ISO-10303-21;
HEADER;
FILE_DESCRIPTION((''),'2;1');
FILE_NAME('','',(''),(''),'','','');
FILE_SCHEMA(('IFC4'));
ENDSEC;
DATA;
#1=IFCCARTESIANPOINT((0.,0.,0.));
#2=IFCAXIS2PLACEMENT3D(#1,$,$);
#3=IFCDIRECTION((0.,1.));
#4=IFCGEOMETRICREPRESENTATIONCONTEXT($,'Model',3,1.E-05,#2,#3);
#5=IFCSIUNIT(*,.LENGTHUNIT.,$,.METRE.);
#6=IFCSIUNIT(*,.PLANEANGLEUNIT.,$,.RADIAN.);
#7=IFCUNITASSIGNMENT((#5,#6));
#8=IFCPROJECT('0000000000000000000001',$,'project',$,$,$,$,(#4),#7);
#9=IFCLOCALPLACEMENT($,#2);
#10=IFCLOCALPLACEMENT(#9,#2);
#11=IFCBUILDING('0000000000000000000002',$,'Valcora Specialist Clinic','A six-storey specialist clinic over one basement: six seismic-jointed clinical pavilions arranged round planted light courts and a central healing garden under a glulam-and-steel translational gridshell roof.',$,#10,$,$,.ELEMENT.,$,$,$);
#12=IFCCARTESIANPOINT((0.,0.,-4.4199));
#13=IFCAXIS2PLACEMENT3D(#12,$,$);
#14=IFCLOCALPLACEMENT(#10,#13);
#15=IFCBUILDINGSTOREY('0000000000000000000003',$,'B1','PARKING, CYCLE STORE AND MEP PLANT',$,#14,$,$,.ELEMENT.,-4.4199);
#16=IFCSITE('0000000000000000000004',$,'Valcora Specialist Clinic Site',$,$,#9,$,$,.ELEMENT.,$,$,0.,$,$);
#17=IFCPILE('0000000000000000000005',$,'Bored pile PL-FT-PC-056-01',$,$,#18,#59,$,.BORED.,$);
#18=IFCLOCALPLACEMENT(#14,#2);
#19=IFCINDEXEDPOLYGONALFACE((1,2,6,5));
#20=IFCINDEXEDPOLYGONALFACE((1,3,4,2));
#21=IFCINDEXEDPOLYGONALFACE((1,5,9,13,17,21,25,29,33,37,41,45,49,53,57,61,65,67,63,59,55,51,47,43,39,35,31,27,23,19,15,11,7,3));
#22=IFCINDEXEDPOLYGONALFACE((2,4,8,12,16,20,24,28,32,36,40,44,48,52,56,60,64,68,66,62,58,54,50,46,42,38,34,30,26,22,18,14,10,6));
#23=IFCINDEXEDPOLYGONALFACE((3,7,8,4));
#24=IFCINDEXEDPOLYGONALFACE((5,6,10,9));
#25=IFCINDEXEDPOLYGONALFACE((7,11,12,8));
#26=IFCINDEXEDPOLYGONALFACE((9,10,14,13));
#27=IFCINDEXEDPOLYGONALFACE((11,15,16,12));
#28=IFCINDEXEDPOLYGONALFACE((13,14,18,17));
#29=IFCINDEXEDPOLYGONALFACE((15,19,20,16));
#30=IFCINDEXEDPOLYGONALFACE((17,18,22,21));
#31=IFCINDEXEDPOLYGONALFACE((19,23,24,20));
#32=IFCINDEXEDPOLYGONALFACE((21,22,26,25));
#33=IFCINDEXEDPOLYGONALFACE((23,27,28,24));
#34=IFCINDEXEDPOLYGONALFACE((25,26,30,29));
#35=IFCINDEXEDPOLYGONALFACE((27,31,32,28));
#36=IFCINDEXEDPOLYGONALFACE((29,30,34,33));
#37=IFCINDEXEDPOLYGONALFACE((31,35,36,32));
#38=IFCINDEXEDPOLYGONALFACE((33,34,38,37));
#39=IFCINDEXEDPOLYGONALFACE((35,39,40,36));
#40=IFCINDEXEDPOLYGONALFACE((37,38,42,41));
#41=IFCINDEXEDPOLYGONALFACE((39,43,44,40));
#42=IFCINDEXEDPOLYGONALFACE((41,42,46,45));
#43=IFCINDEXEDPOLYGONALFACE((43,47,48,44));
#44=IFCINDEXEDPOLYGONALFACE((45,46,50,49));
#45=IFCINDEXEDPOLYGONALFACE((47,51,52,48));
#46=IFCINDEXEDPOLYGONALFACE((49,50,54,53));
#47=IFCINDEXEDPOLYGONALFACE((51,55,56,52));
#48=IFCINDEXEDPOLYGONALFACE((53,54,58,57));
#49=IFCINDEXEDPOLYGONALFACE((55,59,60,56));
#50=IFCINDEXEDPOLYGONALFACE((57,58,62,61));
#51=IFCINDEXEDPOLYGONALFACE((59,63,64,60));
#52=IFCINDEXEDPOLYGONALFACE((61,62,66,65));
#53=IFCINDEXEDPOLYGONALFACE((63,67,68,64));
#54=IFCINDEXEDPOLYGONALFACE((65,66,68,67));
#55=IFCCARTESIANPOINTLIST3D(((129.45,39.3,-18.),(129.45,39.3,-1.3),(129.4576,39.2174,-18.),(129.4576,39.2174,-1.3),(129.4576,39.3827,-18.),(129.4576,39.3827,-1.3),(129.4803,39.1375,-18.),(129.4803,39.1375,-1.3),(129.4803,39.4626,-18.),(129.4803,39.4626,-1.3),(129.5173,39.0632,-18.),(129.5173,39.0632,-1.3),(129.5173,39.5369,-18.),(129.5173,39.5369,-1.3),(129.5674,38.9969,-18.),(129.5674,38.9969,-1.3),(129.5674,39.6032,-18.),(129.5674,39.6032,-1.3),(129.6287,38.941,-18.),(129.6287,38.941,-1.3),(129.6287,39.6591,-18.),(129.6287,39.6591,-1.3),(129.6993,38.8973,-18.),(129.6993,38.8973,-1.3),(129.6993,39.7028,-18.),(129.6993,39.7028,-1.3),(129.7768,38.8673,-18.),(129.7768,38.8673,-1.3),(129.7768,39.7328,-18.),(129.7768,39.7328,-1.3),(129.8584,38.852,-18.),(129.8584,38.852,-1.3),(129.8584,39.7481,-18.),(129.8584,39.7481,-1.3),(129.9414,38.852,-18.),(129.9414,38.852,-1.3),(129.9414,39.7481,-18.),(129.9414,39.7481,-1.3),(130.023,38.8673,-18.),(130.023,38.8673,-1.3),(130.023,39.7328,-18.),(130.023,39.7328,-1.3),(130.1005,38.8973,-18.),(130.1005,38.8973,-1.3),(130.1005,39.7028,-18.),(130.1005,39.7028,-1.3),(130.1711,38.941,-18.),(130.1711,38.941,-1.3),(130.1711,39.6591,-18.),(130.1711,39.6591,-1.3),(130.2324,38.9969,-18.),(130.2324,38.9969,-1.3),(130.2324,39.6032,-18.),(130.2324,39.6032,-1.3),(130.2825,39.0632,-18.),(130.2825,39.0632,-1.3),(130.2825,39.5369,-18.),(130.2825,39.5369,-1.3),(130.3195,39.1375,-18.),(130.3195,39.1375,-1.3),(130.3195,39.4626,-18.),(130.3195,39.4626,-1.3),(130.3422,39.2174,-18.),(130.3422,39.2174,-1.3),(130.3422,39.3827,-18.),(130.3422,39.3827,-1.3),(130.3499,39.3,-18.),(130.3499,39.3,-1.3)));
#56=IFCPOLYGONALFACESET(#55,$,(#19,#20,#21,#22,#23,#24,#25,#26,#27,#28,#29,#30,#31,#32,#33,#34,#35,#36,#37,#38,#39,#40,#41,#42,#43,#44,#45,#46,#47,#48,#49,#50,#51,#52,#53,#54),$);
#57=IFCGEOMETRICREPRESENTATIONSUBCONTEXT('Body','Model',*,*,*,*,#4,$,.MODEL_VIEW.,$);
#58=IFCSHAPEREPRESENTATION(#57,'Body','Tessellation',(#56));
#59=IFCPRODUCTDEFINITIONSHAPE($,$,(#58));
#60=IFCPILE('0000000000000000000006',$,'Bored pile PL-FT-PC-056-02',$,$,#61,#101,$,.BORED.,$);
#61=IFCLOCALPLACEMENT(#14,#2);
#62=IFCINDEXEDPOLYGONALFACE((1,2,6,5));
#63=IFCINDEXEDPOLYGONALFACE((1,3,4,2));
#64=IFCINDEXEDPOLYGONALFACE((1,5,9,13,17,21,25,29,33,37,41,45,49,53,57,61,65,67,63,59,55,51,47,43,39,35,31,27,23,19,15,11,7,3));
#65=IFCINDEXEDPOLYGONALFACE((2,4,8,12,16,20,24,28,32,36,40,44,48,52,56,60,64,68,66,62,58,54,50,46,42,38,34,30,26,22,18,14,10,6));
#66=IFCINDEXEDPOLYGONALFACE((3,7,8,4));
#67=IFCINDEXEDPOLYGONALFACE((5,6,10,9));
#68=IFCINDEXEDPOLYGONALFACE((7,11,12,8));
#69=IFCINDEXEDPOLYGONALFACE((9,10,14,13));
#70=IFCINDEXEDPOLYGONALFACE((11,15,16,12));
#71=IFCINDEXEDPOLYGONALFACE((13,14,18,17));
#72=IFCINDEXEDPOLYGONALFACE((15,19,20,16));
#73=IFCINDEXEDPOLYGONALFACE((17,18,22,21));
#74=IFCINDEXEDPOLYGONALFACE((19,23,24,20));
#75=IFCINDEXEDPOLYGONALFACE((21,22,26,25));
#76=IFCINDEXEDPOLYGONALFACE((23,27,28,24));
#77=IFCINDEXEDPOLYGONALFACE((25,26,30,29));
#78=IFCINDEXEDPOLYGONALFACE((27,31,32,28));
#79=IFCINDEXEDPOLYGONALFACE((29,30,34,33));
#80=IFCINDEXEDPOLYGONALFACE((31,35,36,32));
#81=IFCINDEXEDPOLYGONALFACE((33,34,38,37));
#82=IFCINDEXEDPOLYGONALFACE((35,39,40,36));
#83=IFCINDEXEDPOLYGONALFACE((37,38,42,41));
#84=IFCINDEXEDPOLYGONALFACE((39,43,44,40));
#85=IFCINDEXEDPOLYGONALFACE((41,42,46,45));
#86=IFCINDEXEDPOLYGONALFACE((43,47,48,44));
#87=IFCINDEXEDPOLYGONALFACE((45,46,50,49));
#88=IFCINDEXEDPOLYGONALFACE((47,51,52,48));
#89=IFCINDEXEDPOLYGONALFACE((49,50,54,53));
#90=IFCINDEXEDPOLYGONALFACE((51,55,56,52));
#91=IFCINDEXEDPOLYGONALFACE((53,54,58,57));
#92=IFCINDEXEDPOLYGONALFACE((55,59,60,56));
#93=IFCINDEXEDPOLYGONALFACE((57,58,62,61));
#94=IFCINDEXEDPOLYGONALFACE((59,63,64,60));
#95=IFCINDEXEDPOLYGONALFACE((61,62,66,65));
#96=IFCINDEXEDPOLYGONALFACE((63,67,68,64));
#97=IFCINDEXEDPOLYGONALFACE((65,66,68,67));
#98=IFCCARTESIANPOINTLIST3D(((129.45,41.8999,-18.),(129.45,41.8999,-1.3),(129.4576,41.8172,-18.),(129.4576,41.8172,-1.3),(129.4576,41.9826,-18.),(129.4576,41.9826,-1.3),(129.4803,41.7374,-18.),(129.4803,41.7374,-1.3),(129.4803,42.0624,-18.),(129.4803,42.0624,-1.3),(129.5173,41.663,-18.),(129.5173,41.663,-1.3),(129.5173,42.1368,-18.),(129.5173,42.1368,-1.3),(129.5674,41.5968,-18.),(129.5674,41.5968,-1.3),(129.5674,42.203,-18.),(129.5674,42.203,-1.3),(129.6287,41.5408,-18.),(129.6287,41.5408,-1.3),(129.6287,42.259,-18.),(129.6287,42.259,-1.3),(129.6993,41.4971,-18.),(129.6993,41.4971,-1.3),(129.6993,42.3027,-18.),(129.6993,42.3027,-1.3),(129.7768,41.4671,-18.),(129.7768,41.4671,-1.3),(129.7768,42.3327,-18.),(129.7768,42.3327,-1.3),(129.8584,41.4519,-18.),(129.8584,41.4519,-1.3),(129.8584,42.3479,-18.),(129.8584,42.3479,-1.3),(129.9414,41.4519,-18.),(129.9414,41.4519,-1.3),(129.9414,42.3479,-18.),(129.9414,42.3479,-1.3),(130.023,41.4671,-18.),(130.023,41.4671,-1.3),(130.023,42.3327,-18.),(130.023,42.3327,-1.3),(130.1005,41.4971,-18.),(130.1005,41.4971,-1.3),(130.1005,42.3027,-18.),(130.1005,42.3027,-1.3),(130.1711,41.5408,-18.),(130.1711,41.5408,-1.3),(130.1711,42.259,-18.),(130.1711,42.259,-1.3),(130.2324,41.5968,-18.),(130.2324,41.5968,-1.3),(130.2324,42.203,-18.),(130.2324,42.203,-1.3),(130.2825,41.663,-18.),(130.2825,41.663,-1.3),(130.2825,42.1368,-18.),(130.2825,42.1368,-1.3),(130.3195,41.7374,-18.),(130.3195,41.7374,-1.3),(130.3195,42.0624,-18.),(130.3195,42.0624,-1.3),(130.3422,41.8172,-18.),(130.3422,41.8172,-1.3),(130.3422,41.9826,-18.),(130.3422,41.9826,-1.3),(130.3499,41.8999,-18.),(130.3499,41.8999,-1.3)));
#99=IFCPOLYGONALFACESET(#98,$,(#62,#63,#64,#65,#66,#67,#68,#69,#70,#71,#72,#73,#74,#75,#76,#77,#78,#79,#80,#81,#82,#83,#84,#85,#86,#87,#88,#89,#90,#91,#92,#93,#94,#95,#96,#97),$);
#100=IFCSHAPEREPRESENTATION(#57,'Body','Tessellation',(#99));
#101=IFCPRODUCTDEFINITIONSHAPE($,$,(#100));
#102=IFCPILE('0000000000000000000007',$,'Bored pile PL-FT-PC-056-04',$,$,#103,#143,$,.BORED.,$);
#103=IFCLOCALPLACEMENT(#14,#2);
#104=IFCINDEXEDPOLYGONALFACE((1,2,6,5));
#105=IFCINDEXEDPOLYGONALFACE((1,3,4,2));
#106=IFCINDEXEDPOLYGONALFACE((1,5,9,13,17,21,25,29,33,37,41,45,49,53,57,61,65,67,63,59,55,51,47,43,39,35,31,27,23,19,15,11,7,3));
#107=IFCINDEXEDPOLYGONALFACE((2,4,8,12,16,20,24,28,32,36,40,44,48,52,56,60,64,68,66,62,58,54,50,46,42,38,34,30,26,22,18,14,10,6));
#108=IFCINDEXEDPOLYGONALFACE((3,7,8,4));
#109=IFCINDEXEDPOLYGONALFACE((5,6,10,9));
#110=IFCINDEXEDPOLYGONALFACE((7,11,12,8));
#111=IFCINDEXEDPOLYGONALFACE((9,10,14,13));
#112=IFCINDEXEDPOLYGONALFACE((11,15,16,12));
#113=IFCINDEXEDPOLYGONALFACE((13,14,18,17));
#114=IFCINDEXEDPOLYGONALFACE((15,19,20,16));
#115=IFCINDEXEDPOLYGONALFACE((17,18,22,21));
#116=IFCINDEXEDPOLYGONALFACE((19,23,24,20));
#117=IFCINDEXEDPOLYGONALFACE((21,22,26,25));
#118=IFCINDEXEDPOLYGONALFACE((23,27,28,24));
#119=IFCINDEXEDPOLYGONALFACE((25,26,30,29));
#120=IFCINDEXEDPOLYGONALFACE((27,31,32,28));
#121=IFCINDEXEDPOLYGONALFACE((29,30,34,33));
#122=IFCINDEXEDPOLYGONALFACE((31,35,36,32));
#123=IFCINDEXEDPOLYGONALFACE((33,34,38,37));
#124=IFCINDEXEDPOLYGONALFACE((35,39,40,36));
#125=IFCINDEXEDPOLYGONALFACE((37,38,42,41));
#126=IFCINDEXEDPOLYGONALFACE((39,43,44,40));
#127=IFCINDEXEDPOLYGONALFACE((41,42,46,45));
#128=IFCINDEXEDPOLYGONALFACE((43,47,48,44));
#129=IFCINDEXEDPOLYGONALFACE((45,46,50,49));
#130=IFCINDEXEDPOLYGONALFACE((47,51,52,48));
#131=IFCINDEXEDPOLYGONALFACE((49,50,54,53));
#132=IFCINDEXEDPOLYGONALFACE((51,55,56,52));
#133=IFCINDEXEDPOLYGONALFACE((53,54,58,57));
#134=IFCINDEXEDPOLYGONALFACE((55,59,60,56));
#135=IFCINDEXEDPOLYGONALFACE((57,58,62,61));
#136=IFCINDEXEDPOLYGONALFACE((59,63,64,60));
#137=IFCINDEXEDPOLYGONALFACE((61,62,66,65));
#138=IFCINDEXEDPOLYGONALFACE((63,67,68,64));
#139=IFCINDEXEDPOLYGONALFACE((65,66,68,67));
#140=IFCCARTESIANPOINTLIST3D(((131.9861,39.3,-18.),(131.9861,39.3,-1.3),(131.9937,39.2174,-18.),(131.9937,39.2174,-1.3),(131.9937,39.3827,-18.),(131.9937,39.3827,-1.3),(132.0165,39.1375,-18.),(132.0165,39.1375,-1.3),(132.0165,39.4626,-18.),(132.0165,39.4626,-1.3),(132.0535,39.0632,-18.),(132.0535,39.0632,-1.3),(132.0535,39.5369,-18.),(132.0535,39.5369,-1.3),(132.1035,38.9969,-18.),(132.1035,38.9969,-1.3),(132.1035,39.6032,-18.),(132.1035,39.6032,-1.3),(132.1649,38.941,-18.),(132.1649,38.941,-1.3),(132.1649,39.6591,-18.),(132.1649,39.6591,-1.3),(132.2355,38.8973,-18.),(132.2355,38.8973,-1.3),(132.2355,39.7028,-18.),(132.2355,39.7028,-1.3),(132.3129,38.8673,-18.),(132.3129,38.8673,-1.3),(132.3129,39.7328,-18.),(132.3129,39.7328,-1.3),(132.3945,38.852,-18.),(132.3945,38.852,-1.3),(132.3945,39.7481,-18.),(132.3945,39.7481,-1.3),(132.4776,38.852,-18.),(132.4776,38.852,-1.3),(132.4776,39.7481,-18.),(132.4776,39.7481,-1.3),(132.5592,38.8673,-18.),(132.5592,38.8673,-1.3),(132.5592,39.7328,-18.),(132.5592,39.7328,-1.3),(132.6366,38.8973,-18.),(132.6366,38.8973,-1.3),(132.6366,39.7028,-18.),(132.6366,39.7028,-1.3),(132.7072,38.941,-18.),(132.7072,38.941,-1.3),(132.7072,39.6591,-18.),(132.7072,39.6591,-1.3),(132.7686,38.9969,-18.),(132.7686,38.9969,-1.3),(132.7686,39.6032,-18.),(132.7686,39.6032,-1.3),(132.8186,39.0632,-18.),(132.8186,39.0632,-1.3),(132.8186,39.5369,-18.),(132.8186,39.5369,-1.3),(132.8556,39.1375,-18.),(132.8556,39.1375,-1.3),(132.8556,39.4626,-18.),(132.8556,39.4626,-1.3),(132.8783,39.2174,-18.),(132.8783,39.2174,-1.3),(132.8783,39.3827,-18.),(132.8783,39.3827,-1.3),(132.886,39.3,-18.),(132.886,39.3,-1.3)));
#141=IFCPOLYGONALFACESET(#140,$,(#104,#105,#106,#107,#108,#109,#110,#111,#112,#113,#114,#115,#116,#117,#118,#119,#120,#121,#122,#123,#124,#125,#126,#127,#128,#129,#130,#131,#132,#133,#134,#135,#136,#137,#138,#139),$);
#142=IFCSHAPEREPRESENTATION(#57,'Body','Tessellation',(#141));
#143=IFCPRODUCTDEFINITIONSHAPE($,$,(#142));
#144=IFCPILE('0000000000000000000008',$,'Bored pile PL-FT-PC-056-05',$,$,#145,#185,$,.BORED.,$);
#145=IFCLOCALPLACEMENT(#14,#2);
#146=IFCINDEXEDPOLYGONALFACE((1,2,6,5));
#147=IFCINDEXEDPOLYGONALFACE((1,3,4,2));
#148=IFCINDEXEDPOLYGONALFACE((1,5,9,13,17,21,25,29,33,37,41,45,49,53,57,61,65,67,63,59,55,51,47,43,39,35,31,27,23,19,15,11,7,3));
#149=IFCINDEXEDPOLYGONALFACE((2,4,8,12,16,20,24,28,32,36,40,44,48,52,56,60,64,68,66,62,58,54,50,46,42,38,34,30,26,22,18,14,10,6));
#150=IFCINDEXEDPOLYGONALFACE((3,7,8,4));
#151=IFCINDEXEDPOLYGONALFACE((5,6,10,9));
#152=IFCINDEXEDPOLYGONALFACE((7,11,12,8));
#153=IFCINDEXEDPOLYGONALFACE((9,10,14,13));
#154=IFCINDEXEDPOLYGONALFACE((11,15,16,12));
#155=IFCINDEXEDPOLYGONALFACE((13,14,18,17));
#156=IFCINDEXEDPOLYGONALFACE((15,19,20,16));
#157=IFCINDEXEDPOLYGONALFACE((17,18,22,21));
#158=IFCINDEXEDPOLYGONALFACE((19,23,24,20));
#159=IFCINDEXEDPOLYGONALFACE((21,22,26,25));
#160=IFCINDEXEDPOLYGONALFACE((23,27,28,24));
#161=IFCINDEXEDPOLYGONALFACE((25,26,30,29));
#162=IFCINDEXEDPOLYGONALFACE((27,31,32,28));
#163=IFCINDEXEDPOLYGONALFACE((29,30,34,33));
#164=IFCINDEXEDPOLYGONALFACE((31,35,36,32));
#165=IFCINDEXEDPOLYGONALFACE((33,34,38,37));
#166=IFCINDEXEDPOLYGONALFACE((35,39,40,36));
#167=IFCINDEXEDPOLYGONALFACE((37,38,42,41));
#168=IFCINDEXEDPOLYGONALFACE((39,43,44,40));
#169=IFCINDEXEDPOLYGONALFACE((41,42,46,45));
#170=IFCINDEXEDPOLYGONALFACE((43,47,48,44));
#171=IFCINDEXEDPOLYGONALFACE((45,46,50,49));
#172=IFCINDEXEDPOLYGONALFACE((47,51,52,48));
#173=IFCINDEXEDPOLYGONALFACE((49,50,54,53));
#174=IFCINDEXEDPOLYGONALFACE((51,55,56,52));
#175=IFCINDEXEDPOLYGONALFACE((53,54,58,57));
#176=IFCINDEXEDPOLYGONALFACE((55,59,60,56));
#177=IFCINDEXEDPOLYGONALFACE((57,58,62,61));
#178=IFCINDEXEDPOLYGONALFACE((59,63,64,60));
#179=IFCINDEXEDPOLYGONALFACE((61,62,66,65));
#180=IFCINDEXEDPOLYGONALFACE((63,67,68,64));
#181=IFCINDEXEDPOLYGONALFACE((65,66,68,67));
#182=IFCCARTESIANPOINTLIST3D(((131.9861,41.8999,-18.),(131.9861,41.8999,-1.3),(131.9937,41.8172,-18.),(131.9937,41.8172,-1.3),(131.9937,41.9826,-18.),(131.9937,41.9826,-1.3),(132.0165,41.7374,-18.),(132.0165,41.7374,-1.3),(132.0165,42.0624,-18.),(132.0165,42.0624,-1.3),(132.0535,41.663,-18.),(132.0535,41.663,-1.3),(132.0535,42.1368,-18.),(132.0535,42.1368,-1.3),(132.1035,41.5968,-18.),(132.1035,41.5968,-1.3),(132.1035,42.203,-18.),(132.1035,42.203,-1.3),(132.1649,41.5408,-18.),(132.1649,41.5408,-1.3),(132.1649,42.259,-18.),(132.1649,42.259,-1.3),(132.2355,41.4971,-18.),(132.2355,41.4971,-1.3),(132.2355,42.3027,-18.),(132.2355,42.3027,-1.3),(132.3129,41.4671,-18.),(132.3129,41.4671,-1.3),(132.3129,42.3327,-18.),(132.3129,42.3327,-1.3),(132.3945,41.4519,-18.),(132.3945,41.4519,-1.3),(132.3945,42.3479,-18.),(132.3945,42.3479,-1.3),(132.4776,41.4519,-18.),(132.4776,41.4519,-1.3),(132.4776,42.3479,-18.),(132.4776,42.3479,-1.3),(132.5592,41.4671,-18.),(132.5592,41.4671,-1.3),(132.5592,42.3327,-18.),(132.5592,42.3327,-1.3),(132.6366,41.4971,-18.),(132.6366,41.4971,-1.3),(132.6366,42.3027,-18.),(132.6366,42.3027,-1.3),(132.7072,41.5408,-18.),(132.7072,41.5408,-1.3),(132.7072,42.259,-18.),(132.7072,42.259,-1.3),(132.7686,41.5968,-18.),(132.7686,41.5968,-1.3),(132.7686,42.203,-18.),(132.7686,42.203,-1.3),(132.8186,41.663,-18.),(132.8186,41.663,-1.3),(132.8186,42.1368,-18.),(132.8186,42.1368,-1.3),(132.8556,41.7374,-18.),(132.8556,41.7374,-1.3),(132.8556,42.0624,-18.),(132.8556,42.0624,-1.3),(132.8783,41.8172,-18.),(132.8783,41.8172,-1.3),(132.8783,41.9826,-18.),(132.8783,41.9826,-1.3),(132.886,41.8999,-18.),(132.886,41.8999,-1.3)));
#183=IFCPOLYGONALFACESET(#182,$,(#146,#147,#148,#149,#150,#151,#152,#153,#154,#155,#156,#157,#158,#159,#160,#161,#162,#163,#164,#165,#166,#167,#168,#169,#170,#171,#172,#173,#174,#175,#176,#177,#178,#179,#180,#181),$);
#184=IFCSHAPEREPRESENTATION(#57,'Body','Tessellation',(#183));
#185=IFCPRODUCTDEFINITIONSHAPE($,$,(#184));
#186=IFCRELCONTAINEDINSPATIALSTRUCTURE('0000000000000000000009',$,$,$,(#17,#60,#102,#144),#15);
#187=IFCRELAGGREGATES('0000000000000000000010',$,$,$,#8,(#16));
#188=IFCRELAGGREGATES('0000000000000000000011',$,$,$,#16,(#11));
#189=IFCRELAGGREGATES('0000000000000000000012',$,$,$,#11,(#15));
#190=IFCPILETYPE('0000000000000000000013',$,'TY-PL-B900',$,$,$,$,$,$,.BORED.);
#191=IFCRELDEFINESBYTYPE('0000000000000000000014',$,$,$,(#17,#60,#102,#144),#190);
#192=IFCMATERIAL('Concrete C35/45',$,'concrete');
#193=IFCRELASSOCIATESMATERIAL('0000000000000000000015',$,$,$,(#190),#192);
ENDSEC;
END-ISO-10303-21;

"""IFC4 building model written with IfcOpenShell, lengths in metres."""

from ifc_helpers import new_model, si_unit, direction, frame, origin, origin_2d, place, context, subcontext, project, spatial, circle, extrude, material, material_profile, profile_set, type_object, element, save


model = new_model("IFC4")

# Units and contexts
model_context = context("Model", 3, precision=1e-05, world=origin(), true_north=direction((0.0, 1.0)))
body_context = subcontext(model_context, "Body", "Model", "MODEL_VIEW")
ifc_project = project(units=[si_unit("LENGTHUNIT", "METRE"), si_unit("PLANEANGLEUNIT", "RADIAN")], contexts=[model_context])

# Site, building, storey
site_placement = place(None, origin())
site = spatial("IfcSite", under=ifc_project, at=site_placement, Name="Valcora Specialist Clinic Site", CompositionType="ELEMENT", RefElevation=0.0)
building_placement = place(site_placement, origin())
building = spatial("IfcBuilding", under=site, at=building_placement, Name="Valcora Specialist Clinic", Description="A six-storey specialist clinic over one basement: six seismic-jointed clinical pavilions arranged round planted light courts and a central healing garden under a glulam-and-steel translational gridshell roof.", CompositionType="ELEMENT")
storey_placement = place(building_placement, frame((0.0, 0.0, -4.4199)))
storey = spatial("IfcBuildingStorey", under=building, at=storey_placement, Name="B1", Description="PARKING, CYCLE STORE AND MEP PLANT", CompositionType="ELEMENT", Elevation=-4.4199)

# Piles
ifc_material_1 = material(Name="Concrete C35/45", Category="concrete")
ifc_material_profile_1 = material_profile(ifc_material_1, circle(Radius=0.45, at=origin_2d()), Name="RC-PIL-D900")
ifc_profile_set_1 = profile_set([ifc_material_profile_1], Name="Concrete C35/45")
pile_type = type_object("IfcPileType", Name="TY-PL-B900", PredefinedType="BORED", material=ifc_profile_set_1)
for number, where, z_axis, x_axis, name in (
    (1, (129.8999, 39.3, -1.3), (0.0, 0.0, -1.0), (1.0, 0.0, 0.0), "Bored pile PL-FT-PC-056-01"),
    (2, (129.8999, 41.8999, -1.3), (0.0, 0.0, -1.0), (1.0, 0.0, 0.0), "Bored pile PL-FT-PC-056-02"),
    (3, (132.436, 39.3, -1.3), (0.0, 0.0, -1.0), (1.0, 0.0, 0.0), "Bored pile PL-FT-PC-056-04"),
    (4, (132.436, 41.8999, -1.3), (0.0, 0.0, -1.0), (1.0, 0.0, 0.0), "Bored pile PL-FT-PC-056-05"),
):
    element("IfcPile", number, at=place(storey_placement, frame(where, z_axis=z_axis, x_axis=x_axis)), inside=storey, type_object=pile_type, Name=name, PredefinedType="BORED", context=body_context, shape_type="SweptSolid", body=[
        extrude(circle(Radius=0.45, at=origin_2d()), origin(), (0.0, 0.0, 1.0), 16.7),
    ])

save(model, "model.ifc")
